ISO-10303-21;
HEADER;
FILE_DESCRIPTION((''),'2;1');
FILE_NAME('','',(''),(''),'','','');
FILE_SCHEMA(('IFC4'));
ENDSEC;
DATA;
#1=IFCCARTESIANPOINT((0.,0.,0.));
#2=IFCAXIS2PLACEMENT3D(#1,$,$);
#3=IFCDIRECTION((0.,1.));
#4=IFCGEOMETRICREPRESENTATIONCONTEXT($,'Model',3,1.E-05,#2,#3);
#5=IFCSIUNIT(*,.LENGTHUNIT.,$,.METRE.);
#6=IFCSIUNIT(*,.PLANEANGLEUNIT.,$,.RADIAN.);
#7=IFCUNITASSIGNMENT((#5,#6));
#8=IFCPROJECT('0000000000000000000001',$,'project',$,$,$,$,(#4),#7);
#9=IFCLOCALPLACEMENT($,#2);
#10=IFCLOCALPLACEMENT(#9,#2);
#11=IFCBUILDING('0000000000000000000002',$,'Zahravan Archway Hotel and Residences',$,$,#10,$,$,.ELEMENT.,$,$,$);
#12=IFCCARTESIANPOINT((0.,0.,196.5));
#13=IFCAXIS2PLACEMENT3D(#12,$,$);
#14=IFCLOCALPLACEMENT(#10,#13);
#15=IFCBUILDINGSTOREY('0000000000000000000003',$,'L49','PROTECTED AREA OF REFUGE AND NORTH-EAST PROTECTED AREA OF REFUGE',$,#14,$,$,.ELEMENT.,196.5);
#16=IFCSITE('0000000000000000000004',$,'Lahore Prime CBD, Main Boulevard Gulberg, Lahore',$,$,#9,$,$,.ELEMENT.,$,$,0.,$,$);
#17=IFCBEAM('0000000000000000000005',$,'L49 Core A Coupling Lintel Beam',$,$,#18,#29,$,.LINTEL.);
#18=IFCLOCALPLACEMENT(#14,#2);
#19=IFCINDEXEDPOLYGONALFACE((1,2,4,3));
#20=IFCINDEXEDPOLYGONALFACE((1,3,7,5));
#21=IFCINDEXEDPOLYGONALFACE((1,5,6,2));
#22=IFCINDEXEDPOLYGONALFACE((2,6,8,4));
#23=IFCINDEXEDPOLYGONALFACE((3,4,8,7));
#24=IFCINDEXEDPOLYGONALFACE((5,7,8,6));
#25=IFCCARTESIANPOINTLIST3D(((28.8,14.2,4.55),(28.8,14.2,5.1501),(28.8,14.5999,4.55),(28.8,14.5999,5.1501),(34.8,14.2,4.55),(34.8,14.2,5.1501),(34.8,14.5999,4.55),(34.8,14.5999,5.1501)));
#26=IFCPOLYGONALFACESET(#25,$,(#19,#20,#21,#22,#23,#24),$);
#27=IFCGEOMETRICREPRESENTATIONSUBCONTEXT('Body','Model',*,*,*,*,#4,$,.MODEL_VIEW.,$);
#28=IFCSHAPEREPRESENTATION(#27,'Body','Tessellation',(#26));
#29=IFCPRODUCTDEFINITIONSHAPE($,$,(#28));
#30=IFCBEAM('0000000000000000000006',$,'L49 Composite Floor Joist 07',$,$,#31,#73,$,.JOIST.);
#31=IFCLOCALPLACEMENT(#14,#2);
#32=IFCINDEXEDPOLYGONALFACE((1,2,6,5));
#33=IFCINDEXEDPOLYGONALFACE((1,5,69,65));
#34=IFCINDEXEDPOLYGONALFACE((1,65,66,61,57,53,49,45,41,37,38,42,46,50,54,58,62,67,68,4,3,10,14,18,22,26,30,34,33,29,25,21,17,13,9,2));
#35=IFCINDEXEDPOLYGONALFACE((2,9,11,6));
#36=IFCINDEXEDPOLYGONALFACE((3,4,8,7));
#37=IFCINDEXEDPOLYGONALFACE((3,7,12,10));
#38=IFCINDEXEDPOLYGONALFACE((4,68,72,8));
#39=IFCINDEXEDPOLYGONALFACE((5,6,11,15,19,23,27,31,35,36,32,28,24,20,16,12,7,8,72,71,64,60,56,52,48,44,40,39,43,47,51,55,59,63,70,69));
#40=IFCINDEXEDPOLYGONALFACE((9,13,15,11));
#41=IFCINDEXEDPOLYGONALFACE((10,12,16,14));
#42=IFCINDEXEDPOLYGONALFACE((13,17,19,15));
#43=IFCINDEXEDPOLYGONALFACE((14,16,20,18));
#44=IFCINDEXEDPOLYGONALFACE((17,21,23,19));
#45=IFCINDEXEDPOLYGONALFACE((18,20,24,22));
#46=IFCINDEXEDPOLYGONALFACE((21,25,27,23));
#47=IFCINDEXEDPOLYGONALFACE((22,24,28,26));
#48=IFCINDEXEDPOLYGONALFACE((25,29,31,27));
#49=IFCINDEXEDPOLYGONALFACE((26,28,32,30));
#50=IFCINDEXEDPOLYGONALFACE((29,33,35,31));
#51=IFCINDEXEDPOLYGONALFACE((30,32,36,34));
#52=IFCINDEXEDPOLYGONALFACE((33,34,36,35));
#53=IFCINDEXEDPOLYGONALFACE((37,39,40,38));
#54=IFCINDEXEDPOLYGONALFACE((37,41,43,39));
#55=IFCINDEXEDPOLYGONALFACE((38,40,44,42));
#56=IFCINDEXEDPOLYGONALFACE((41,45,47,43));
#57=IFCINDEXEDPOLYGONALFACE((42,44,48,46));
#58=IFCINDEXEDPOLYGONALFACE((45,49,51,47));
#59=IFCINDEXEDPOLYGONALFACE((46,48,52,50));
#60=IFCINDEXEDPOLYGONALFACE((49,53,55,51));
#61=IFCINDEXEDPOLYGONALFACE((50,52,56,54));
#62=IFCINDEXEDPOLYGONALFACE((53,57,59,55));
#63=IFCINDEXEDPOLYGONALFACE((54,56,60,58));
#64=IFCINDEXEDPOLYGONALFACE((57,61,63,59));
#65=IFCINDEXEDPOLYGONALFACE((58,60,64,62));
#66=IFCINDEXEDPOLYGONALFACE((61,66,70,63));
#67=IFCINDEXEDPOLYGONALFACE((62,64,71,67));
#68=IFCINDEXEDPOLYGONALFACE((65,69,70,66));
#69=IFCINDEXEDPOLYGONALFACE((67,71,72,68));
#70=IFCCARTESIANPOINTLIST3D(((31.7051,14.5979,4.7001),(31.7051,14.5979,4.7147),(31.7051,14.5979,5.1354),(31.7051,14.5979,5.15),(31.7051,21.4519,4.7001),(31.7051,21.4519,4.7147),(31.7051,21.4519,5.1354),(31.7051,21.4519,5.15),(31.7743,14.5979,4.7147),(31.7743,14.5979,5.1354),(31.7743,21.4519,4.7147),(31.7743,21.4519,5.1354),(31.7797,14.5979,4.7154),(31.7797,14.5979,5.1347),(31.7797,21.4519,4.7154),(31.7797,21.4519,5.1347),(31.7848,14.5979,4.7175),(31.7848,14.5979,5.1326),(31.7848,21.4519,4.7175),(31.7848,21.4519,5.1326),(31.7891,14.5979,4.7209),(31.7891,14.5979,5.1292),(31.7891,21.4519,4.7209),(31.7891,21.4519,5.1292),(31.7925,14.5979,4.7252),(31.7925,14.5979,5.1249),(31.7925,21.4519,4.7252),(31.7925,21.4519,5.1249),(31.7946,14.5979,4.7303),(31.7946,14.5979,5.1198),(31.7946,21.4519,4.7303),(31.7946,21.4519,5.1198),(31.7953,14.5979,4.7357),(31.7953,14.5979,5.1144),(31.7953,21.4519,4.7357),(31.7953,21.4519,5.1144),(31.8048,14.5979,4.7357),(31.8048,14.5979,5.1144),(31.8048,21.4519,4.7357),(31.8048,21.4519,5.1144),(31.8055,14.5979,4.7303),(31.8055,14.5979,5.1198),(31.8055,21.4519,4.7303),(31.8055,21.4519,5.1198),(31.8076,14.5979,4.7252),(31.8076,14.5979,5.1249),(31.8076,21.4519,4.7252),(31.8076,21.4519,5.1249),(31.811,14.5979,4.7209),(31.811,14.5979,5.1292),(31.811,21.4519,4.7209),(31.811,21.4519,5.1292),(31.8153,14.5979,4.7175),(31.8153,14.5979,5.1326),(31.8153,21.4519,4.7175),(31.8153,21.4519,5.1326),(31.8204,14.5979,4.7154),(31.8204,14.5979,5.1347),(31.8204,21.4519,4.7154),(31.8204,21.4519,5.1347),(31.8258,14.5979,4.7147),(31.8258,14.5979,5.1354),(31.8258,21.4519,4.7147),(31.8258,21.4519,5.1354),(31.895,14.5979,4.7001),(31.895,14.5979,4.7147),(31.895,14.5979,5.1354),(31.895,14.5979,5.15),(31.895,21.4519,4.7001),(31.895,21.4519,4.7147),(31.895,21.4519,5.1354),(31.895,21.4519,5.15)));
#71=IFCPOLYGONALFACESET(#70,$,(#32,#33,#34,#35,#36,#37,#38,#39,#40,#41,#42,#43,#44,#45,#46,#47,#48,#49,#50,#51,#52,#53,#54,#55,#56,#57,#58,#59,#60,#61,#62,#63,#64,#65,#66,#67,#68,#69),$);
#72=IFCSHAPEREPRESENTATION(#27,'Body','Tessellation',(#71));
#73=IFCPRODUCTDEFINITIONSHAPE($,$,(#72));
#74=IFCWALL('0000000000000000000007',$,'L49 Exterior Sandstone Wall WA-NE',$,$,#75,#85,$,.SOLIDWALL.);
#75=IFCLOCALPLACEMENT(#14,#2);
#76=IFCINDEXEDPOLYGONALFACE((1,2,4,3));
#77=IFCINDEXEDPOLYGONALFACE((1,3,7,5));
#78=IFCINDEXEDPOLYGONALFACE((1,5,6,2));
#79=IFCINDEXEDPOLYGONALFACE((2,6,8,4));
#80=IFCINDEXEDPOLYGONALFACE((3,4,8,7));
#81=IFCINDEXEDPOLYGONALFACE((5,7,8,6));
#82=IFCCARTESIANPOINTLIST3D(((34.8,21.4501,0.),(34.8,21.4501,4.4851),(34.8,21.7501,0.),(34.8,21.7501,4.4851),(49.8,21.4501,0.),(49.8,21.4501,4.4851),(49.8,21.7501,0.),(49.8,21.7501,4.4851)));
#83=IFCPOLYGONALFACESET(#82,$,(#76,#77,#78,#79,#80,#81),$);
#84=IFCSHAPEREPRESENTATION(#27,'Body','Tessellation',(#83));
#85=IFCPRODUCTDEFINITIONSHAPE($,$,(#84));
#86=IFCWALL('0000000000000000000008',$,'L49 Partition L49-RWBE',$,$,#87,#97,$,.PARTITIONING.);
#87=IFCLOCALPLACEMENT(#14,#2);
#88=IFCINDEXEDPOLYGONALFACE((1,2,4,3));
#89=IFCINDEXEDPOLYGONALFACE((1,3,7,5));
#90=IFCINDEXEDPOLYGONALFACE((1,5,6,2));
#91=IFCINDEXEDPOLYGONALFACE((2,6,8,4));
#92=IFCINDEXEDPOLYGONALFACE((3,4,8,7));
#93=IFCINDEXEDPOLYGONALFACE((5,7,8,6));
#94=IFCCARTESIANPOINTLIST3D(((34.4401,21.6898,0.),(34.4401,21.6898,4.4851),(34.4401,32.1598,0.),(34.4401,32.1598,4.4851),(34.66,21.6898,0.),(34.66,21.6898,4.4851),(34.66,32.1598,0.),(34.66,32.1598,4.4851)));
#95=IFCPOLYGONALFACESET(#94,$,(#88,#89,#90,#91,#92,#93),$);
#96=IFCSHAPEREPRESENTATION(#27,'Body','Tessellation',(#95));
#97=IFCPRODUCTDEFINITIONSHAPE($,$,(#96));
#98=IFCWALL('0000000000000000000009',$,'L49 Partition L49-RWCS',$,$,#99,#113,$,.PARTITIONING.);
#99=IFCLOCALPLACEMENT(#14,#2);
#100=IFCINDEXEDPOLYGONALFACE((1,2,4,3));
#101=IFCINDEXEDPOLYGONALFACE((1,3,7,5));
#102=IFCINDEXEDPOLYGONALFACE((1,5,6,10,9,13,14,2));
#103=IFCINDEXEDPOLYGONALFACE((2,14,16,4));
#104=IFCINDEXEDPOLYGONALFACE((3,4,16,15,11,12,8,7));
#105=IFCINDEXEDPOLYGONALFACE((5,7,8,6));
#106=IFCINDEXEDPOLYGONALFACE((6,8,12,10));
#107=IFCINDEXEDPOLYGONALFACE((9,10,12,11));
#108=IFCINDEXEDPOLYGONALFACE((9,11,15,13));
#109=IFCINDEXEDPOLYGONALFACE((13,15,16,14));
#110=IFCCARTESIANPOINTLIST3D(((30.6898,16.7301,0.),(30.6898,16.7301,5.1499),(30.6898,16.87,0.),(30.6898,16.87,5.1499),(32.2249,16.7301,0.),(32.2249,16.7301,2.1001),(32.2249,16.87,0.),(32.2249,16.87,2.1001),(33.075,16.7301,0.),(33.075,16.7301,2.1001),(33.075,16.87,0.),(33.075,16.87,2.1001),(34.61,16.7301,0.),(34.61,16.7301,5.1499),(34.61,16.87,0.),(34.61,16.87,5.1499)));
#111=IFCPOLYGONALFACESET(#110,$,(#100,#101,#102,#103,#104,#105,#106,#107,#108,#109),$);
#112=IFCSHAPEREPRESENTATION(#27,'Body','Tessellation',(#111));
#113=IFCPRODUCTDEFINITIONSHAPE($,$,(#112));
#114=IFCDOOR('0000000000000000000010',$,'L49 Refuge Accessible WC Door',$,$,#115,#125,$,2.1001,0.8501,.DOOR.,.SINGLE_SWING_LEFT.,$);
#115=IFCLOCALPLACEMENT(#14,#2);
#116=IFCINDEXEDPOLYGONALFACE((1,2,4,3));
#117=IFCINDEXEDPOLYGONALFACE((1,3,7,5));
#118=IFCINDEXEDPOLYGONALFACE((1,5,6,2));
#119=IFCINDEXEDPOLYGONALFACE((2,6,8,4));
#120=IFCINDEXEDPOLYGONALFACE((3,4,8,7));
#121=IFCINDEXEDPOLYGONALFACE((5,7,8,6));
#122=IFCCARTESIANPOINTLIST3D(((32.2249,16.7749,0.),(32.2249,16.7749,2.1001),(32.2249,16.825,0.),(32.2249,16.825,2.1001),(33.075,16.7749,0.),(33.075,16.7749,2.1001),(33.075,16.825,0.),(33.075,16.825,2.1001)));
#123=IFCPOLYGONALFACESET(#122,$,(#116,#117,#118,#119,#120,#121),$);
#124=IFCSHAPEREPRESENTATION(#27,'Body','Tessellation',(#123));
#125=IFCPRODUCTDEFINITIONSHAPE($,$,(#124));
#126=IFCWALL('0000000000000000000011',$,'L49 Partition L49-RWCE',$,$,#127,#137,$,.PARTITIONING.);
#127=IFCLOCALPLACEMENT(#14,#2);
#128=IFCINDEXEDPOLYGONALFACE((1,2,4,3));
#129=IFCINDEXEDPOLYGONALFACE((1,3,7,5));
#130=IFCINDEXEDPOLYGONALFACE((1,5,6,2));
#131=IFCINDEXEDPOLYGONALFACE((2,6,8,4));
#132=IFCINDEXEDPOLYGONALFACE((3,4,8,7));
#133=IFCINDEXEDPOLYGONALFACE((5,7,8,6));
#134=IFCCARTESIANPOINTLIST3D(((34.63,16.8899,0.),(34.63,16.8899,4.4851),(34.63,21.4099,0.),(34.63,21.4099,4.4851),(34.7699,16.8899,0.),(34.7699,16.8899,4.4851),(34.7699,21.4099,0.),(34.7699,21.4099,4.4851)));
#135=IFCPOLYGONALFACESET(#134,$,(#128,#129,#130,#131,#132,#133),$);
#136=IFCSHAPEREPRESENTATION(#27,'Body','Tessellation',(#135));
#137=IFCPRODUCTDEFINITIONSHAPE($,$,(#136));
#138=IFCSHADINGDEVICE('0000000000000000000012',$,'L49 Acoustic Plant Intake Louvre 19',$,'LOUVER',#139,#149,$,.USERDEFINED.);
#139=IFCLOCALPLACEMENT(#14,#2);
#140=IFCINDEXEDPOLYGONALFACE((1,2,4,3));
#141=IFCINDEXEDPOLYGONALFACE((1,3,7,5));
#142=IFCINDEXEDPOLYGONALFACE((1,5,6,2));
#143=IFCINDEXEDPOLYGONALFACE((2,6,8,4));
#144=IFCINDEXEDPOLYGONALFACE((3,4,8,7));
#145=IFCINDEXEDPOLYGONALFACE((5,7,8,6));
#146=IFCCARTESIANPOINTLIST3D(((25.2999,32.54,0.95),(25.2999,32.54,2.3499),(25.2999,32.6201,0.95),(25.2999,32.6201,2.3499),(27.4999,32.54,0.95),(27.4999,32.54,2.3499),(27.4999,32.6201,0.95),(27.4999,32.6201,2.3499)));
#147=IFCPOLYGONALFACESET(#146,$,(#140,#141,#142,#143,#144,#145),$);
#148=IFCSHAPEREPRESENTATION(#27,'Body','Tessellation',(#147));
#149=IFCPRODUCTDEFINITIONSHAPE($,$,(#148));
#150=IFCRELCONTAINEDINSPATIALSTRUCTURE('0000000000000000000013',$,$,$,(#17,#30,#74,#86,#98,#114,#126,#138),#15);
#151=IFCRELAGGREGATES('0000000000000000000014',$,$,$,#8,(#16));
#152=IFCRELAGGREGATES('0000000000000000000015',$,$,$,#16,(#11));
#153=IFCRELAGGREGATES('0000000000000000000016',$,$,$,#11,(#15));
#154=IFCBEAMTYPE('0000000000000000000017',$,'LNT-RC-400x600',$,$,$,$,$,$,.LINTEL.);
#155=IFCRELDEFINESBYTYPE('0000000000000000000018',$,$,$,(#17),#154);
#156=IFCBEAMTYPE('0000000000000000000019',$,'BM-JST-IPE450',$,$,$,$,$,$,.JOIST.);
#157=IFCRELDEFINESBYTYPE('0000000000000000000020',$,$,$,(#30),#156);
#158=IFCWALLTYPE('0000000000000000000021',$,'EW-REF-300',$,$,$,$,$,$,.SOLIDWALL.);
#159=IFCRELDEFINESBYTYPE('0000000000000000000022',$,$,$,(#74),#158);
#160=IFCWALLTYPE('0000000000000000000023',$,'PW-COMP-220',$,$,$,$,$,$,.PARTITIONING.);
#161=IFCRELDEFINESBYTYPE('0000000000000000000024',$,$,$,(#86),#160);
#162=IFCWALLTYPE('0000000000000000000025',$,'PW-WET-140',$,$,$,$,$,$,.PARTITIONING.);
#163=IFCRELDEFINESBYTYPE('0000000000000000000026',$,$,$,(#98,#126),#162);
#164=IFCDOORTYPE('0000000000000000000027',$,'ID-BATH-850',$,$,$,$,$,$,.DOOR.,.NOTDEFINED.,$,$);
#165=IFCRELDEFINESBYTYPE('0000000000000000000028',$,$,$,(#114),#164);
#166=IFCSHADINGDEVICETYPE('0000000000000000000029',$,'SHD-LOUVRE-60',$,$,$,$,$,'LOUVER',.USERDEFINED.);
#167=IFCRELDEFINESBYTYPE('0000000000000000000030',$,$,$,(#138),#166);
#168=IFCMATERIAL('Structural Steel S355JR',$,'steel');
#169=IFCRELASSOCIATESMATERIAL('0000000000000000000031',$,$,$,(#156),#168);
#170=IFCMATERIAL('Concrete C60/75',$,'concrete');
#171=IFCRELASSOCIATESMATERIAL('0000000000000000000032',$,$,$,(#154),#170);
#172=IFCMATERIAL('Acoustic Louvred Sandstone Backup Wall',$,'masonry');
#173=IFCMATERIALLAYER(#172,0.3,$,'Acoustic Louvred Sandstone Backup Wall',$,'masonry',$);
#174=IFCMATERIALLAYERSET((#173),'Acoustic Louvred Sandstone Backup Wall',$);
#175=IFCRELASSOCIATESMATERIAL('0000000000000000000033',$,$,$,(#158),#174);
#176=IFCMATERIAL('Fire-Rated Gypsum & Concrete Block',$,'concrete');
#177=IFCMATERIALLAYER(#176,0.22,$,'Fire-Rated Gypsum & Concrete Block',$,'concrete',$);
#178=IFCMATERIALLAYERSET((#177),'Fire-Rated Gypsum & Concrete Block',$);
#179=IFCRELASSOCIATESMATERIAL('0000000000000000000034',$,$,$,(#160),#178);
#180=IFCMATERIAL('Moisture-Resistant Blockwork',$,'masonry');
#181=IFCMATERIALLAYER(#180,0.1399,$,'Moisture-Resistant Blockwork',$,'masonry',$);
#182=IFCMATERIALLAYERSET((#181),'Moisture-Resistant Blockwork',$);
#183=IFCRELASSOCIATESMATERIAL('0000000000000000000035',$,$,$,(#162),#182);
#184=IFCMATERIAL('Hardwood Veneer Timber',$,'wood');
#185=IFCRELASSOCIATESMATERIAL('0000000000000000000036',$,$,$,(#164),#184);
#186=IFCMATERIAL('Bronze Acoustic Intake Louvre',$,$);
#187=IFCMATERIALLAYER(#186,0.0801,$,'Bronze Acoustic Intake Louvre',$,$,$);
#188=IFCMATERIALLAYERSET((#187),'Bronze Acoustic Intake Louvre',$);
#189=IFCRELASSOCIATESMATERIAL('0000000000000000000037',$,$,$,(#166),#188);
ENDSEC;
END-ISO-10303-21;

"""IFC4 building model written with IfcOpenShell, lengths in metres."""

from ifc_helpers import new_model, si_unit, direction, frame, frame_2d, origin, origin_2d, place, context, subcontext, project, spatial, rectangle, i_section, extrude, source, transform, mapped, material, layer, layer_set, material_profile, profile_set, type_object, type_shapes, element, fill, save


model = new_model("IFC4")

# Units and contexts
model_context = context("Model", 3, precision=1e-05, world=origin(), true_north=direction((0.0, 1.0)))
body_context = subcontext(model_context, "Body", "Model", "MODEL_VIEW")
ifc_project = project(units=[si_unit("LENGTHUNIT", "METRE"), si_unit("PLANEANGLEUNIT", "RADIAN")], contexts=[model_context])

# Site, building, storey
site_placement = place(None, origin())
site = spatial("IfcSite", under=ifc_project, at=site_placement, Name="Lahore Prime CBD, Main Boulevard Gulberg, Lahore", CompositionType="ELEMENT", RefElevation=0.0)
building_placement = place(site_placement, origin())
building = spatial("IfcBuilding", under=site, at=building_placement, Name="Zahravan Archway Hotel and Residences", CompositionType="ELEMENT")
storey_placement = place(building_placement, frame((0.0, 0.0, 196.5)))
storey = spatial("IfcBuildingStorey", under=building, at=storey_placement, Name="L49", Description="PROTECTED AREA OF REFUGE AND NORTH-EAST PROTECTED AREA OF REFUGE", CompositionType="ELEMENT", Elevation=196.5)

# Shared definitions
ifc_material_1 = material(Name="Concrete C60/75", Category="concrete")

# Beams
ifc_material_2 = material(Name="Structural Steel S355JR", Category="steel")
ifc_material_profile_1 = material_profile(ifc_material_2, i_section(OverallWidth=0.1899, OverallDepth=0.45, WebThickness=0.0095, FlangeThickness=0.0146, FilletRadius=0.021, at=origin_2d()), Name="IPE 450", Category="steel")
ifc_profile_set_1 = profile_set([ifc_material_profile_1], Name="Structural Steel S355JR")
beam_type_1 = type_object("IfcBeamType", Name="BM-JST-IPE450", PredefinedType="JOIST", material=ifc_profile_set_1)
ifc_material_profile_2 = material_profile(ifc_material_1, rectangle(XDim=0.3999, YDim=0.6001, at=origin_2d()), Name="RC-LNT-400x600", Category="concrete")
ifc_profile_set_2 = profile_set([ifc_material_profile_2], Name="Concrete C60/75")
beam_type_2 = type_object("IfcBeamType", Name="LNT-RC-400x600", PredefinedType="LINTEL", material=ifc_profile_set_2)
shared_shape_1 = source(origin(), body_context, "Body", "SweptSolid", [
    extrude(rectangle(XDim=0.3999, YDim=0.6001, at=origin_2d()), origin(), (0.0, 0.0, 1.0), 6.0),
])
type_shapes(beam_type_2, [shared_shape_1])
beam_1_placement = place(storey_placement, frame((28.8, 14.3999, 4.8501), z_axis=(1.0, 0.0, 0.0), x_axis=(0.0, 1.0, 0.0)))
element("IfcBeam", 1, at=beam_1_placement, inside=storey, type_object=beam_type_2, Name="L49 Core A Coupling Lintel Beam", PredefinedType="LINTEL", context=body_context, shape_type="MappedRepresentation", body=[
    mapped(shared_shape_1, transform((0.0, 0.0, 0.0), scale=1.0)),
])
shared_shape_2 = source(origin(), body_context, "Body", "SweptSolid", [
    extrude(i_section(OverallWidth=0.1899, OverallDepth=0.45, WebThickness=0.0095, FlangeThickness=0.0146, FilletRadius=0.021, at=origin_2d()), origin(), (0.0, 0.0, 1.0), 6.854),
])
beam_2_placement = place(storey_placement, frame((31.8, 14.5979, 4.925), z_axis=(0.0, 1.0, 0.0), x_axis=(-1.0, 0.0, 0.0)))
element("IfcBeam", 2, at=beam_2_placement, inside=storey, type_object=beam_type_1, Name="L49 Composite Floor Joist 07", PredefinedType="JOIST", context=body_context, shape_type="MappedRepresentation", body=[
    mapped(shared_shape_2, transform((0.0, 0.0, 0.0), scale=1.0)),
])

# Walls
ifc_material_3 = material(Name="Acoustic Louvred Sandstone Backup Wall", Category="masonry")
ifc_layer_1 = layer(ifc_material_3, 0.3, Name="Acoustic Louvred Sandstone Backup Wall", Category="masonry")
ifc_layer_set_1 = layer_set([ifc_layer_1], Name="Acoustic Louvred Sandstone Backup Wall")
wall_type_1 = type_object("IfcWallType", Name="EW-REF-300", PredefinedType="SOLIDWALL", material=ifc_layer_set_1)
wall_1_placement = place(storey_placement, frame((34.8, 21.6001, 0.0), z_axis=(0.0, 0.0, 1.0), x_axis=(1.0, 0.0, 0.0)))
element("IfcWall", 3, at=wall_1_placement, inside=storey, type_object=wall_type_1, Name="L49 Exterior Sandstone Wall WA-NE", PredefinedType="SOLIDWALL", context=body_context, shape_type="SweptSolid", body=[
    extrude(rectangle(XDim=15.0, YDim=0.3, at=frame_2d((7.5, 0.0))), origin(), (0.0, 0.0, 1.0), 4.4851),
])
ifc_material_4 = material(Name="Fire-Rated Gypsum & Concrete Block", Category="concrete")
ifc_layer_2 = layer(ifc_material_4, 0.22, Name="Fire-Rated Gypsum & Concrete Block", Category="concrete")
ifc_layer_set_2 = layer_set([ifc_layer_2], Name="Fire-Rated Gypsum & Concrete Block")
wall_type_2 = type_object("IfcWallType", Name="PW-COMP-220", PredefinedType="PARTITIONING", material=ifc_layer_set_2)
wall_2_placement = place(storey_placement, frame((34.55, 21.6899, 0.0), z_axis=(0.0, 0.0, 1.0), x_axis=(0.0, 1.0, 0.0)))
element("IfcWall", 4, at=wall_2_placement, inside=storey, type_object=wall_type_2, Name="L49 Partition L49-RWBE", PredefinedType="PARTITIONING", context=body_context, shape_type="SweptSolid", body=[
    extrude(rectangle(XDim=10.47, YDim=0.22, at=frame_2d((5.2349, 0.0))), origin(), (0.0, 0.0, 1.0), 4.4851),
])

# Wall, opening, door
ifc_material_5 = material(Name="Moisture-Resistant Blockwork", Category="masonry")
ifc_layer_3 = layer(ifc_material_5, 0.1399, Name="Moisture-Resistant Blockwork", Category="masonry")
ifc_layer_set_3 = layer_set([ifc_layer_3], Name="Moisture-Resistant Blockwork")
wall_type_3 = type_object("IfcWallType", Name="PW-WET-140", PredefinedType="PARTITIONING", material=ifc_layer_set_3)
wall_3_placement = place(storey_placement, frame((30.6899, 16.8, 0.0), z_axis=(0.0, 0.0, 1.0), x_axis=(1.0, 0.0, 0.0)))
wall_3 = element("IfcWall", 5, at=wall_3_placement, inside=storey, type_object=wall_type_3, Name="L49 Partition L49-RWCS", PredefinedType="PARTITIONING", context=body_context, shape_type="SweptSolid", body=[
    extrude(rectangle(XDim=3.9202, YDim=0.1399, at=frame_2d((1.96, 0.0))), origin(), (0.0, 0.0, 1.0), 5.1499),
])
opening_1_placement = place(wall_3_placement, frame((1.5349, 0.0, 0.0)))
opening_1 = element("IfcOpeningElement", 6, at=opening_1_placement, cuts=wall_3, PredefinedType="OPENING", context=body_context, shape_type="SweptSolid", body=[
    extrude(rectangle(XDim=0.8501, YDim=2.1001, at=frame_2d((0.425, 1.05))), frame((0.0, 0.0801, 0.0), z_axis=(0.0, -1.0, 0.0), x_axis=(1.0, 0.0, 0.0)), (0.0, 0.0, 1.0), 0.1599),
])
ifc_material_6 = material(Name="Hardwood Veneer Timber", Category="wood")
door_type_1 = type_object("IfcDoorType", Name="ID-BATH-850", OperationType="NOTDEFINED", PredefinedType="DOOR", material=ifc_material_6)
shared_shape_3 = source(origin(), body_context, "Body", "SweptSolid", [
    extrude(rectangle(XDim=0.8501, YDim=2.1001, at=frame_2d((0.425, 1.05))), frame((0.0, 0.0249, 0.0), z_axis=(0.0, -1.0, 0.0), x_axis=(1.0, 0.0, 0.0)), (0.0, 0.0, 1.0), 0.05),
])
type_shapes(door_type_1, [shared_shape_3])
door_1_placement = place(opening_1_placement, origin())
door_1 = element("IfcDoor", 7, at=door_1_placement, inside=storey, type_object=door_type_1, Name="L49 Refuge Accessible WC Door", OperationType="SINGLE_SWING_LEFT", OverallHeight=2.1001, OverallWidth=0.8501, PredefinedType="DOOR", context=body_context, shape_type="MappedRepresentation", body=[
    mapped(shared_shape_3, transform((0.0, 0.0, 0.0), scale=1.0)),
])
fill(opening_1, door_1)

# Wall
wall_4_placement = place(storey_placement, frame((34.7, 16.8899, 0.0), z_axis=(0.0, 0.0, 1.0), x_axis=(0.0, 1.0, 0.0)))
element("IfcWall", 8, at=wall_4_placement, inside=storey, type_object=wall_type_3, Name="L49 Partition L49-RWCE", PredefinedType="PARTITIONING", context=body_context, shape_type="SweptSolid", body=[
    extrude(rectangle(XDim=4.52, YDim=0.1399, at=frame_2d((2.26, 0.0))), origin(), (0.0, 0.0, 1.0), 4.4851),
])

# Shading device
ifc_material_7 = material(Name="Bronze Acoustic Intake Louvre")
ifc_layer_4 = layer(ifc_material_7, 0.0801, Name="Bronze Acoustic Intake Louvre")
ifc_layer_set_4 = layer_set([ifc_layer_4], Name="Bronze Acoustic Intake Louvre")
shading_device_type = type_object("IfcShadingDeviceType", Name="SHD-LOUVRE-60", ElementType="LOUVER", PredefinedType="USERDEFINED", material=ifc_layer_set_4)
shared_shape_4 = source(origin(), body_context, "Body", "SweptSolid", [
    extrude(rectangle(XDim=2.2, YDim=0.0801, at=origin_2d()), origin(), (0.0, 0.0, 1.0), 1.3999),
])
type_shapes(shading_device_type, [shared_shape_4])
shading_device_placement = place(storey_placement, frame((26.3999, 32.5801, 0.95), z_axis=(0.0, 0.0, 1.0), x_axis=(1.0, 0.0, 0.0)))
element("IfcShadingDevice", 9, at=shading_device_placement, inside=storey, type_object=shading_device_type, Name="L49 Acoustic Plant Intake Louvre 19", ObjectType="LOUVER", PredefinedType="USERDEFINED", context=body_context, shape_type="MappedRepresentation", body=[
    mapped(shared_shape_4, transform((0.0, 0.0, 0.0), scale=1.0)),
])

save(model, "model.ifc")
